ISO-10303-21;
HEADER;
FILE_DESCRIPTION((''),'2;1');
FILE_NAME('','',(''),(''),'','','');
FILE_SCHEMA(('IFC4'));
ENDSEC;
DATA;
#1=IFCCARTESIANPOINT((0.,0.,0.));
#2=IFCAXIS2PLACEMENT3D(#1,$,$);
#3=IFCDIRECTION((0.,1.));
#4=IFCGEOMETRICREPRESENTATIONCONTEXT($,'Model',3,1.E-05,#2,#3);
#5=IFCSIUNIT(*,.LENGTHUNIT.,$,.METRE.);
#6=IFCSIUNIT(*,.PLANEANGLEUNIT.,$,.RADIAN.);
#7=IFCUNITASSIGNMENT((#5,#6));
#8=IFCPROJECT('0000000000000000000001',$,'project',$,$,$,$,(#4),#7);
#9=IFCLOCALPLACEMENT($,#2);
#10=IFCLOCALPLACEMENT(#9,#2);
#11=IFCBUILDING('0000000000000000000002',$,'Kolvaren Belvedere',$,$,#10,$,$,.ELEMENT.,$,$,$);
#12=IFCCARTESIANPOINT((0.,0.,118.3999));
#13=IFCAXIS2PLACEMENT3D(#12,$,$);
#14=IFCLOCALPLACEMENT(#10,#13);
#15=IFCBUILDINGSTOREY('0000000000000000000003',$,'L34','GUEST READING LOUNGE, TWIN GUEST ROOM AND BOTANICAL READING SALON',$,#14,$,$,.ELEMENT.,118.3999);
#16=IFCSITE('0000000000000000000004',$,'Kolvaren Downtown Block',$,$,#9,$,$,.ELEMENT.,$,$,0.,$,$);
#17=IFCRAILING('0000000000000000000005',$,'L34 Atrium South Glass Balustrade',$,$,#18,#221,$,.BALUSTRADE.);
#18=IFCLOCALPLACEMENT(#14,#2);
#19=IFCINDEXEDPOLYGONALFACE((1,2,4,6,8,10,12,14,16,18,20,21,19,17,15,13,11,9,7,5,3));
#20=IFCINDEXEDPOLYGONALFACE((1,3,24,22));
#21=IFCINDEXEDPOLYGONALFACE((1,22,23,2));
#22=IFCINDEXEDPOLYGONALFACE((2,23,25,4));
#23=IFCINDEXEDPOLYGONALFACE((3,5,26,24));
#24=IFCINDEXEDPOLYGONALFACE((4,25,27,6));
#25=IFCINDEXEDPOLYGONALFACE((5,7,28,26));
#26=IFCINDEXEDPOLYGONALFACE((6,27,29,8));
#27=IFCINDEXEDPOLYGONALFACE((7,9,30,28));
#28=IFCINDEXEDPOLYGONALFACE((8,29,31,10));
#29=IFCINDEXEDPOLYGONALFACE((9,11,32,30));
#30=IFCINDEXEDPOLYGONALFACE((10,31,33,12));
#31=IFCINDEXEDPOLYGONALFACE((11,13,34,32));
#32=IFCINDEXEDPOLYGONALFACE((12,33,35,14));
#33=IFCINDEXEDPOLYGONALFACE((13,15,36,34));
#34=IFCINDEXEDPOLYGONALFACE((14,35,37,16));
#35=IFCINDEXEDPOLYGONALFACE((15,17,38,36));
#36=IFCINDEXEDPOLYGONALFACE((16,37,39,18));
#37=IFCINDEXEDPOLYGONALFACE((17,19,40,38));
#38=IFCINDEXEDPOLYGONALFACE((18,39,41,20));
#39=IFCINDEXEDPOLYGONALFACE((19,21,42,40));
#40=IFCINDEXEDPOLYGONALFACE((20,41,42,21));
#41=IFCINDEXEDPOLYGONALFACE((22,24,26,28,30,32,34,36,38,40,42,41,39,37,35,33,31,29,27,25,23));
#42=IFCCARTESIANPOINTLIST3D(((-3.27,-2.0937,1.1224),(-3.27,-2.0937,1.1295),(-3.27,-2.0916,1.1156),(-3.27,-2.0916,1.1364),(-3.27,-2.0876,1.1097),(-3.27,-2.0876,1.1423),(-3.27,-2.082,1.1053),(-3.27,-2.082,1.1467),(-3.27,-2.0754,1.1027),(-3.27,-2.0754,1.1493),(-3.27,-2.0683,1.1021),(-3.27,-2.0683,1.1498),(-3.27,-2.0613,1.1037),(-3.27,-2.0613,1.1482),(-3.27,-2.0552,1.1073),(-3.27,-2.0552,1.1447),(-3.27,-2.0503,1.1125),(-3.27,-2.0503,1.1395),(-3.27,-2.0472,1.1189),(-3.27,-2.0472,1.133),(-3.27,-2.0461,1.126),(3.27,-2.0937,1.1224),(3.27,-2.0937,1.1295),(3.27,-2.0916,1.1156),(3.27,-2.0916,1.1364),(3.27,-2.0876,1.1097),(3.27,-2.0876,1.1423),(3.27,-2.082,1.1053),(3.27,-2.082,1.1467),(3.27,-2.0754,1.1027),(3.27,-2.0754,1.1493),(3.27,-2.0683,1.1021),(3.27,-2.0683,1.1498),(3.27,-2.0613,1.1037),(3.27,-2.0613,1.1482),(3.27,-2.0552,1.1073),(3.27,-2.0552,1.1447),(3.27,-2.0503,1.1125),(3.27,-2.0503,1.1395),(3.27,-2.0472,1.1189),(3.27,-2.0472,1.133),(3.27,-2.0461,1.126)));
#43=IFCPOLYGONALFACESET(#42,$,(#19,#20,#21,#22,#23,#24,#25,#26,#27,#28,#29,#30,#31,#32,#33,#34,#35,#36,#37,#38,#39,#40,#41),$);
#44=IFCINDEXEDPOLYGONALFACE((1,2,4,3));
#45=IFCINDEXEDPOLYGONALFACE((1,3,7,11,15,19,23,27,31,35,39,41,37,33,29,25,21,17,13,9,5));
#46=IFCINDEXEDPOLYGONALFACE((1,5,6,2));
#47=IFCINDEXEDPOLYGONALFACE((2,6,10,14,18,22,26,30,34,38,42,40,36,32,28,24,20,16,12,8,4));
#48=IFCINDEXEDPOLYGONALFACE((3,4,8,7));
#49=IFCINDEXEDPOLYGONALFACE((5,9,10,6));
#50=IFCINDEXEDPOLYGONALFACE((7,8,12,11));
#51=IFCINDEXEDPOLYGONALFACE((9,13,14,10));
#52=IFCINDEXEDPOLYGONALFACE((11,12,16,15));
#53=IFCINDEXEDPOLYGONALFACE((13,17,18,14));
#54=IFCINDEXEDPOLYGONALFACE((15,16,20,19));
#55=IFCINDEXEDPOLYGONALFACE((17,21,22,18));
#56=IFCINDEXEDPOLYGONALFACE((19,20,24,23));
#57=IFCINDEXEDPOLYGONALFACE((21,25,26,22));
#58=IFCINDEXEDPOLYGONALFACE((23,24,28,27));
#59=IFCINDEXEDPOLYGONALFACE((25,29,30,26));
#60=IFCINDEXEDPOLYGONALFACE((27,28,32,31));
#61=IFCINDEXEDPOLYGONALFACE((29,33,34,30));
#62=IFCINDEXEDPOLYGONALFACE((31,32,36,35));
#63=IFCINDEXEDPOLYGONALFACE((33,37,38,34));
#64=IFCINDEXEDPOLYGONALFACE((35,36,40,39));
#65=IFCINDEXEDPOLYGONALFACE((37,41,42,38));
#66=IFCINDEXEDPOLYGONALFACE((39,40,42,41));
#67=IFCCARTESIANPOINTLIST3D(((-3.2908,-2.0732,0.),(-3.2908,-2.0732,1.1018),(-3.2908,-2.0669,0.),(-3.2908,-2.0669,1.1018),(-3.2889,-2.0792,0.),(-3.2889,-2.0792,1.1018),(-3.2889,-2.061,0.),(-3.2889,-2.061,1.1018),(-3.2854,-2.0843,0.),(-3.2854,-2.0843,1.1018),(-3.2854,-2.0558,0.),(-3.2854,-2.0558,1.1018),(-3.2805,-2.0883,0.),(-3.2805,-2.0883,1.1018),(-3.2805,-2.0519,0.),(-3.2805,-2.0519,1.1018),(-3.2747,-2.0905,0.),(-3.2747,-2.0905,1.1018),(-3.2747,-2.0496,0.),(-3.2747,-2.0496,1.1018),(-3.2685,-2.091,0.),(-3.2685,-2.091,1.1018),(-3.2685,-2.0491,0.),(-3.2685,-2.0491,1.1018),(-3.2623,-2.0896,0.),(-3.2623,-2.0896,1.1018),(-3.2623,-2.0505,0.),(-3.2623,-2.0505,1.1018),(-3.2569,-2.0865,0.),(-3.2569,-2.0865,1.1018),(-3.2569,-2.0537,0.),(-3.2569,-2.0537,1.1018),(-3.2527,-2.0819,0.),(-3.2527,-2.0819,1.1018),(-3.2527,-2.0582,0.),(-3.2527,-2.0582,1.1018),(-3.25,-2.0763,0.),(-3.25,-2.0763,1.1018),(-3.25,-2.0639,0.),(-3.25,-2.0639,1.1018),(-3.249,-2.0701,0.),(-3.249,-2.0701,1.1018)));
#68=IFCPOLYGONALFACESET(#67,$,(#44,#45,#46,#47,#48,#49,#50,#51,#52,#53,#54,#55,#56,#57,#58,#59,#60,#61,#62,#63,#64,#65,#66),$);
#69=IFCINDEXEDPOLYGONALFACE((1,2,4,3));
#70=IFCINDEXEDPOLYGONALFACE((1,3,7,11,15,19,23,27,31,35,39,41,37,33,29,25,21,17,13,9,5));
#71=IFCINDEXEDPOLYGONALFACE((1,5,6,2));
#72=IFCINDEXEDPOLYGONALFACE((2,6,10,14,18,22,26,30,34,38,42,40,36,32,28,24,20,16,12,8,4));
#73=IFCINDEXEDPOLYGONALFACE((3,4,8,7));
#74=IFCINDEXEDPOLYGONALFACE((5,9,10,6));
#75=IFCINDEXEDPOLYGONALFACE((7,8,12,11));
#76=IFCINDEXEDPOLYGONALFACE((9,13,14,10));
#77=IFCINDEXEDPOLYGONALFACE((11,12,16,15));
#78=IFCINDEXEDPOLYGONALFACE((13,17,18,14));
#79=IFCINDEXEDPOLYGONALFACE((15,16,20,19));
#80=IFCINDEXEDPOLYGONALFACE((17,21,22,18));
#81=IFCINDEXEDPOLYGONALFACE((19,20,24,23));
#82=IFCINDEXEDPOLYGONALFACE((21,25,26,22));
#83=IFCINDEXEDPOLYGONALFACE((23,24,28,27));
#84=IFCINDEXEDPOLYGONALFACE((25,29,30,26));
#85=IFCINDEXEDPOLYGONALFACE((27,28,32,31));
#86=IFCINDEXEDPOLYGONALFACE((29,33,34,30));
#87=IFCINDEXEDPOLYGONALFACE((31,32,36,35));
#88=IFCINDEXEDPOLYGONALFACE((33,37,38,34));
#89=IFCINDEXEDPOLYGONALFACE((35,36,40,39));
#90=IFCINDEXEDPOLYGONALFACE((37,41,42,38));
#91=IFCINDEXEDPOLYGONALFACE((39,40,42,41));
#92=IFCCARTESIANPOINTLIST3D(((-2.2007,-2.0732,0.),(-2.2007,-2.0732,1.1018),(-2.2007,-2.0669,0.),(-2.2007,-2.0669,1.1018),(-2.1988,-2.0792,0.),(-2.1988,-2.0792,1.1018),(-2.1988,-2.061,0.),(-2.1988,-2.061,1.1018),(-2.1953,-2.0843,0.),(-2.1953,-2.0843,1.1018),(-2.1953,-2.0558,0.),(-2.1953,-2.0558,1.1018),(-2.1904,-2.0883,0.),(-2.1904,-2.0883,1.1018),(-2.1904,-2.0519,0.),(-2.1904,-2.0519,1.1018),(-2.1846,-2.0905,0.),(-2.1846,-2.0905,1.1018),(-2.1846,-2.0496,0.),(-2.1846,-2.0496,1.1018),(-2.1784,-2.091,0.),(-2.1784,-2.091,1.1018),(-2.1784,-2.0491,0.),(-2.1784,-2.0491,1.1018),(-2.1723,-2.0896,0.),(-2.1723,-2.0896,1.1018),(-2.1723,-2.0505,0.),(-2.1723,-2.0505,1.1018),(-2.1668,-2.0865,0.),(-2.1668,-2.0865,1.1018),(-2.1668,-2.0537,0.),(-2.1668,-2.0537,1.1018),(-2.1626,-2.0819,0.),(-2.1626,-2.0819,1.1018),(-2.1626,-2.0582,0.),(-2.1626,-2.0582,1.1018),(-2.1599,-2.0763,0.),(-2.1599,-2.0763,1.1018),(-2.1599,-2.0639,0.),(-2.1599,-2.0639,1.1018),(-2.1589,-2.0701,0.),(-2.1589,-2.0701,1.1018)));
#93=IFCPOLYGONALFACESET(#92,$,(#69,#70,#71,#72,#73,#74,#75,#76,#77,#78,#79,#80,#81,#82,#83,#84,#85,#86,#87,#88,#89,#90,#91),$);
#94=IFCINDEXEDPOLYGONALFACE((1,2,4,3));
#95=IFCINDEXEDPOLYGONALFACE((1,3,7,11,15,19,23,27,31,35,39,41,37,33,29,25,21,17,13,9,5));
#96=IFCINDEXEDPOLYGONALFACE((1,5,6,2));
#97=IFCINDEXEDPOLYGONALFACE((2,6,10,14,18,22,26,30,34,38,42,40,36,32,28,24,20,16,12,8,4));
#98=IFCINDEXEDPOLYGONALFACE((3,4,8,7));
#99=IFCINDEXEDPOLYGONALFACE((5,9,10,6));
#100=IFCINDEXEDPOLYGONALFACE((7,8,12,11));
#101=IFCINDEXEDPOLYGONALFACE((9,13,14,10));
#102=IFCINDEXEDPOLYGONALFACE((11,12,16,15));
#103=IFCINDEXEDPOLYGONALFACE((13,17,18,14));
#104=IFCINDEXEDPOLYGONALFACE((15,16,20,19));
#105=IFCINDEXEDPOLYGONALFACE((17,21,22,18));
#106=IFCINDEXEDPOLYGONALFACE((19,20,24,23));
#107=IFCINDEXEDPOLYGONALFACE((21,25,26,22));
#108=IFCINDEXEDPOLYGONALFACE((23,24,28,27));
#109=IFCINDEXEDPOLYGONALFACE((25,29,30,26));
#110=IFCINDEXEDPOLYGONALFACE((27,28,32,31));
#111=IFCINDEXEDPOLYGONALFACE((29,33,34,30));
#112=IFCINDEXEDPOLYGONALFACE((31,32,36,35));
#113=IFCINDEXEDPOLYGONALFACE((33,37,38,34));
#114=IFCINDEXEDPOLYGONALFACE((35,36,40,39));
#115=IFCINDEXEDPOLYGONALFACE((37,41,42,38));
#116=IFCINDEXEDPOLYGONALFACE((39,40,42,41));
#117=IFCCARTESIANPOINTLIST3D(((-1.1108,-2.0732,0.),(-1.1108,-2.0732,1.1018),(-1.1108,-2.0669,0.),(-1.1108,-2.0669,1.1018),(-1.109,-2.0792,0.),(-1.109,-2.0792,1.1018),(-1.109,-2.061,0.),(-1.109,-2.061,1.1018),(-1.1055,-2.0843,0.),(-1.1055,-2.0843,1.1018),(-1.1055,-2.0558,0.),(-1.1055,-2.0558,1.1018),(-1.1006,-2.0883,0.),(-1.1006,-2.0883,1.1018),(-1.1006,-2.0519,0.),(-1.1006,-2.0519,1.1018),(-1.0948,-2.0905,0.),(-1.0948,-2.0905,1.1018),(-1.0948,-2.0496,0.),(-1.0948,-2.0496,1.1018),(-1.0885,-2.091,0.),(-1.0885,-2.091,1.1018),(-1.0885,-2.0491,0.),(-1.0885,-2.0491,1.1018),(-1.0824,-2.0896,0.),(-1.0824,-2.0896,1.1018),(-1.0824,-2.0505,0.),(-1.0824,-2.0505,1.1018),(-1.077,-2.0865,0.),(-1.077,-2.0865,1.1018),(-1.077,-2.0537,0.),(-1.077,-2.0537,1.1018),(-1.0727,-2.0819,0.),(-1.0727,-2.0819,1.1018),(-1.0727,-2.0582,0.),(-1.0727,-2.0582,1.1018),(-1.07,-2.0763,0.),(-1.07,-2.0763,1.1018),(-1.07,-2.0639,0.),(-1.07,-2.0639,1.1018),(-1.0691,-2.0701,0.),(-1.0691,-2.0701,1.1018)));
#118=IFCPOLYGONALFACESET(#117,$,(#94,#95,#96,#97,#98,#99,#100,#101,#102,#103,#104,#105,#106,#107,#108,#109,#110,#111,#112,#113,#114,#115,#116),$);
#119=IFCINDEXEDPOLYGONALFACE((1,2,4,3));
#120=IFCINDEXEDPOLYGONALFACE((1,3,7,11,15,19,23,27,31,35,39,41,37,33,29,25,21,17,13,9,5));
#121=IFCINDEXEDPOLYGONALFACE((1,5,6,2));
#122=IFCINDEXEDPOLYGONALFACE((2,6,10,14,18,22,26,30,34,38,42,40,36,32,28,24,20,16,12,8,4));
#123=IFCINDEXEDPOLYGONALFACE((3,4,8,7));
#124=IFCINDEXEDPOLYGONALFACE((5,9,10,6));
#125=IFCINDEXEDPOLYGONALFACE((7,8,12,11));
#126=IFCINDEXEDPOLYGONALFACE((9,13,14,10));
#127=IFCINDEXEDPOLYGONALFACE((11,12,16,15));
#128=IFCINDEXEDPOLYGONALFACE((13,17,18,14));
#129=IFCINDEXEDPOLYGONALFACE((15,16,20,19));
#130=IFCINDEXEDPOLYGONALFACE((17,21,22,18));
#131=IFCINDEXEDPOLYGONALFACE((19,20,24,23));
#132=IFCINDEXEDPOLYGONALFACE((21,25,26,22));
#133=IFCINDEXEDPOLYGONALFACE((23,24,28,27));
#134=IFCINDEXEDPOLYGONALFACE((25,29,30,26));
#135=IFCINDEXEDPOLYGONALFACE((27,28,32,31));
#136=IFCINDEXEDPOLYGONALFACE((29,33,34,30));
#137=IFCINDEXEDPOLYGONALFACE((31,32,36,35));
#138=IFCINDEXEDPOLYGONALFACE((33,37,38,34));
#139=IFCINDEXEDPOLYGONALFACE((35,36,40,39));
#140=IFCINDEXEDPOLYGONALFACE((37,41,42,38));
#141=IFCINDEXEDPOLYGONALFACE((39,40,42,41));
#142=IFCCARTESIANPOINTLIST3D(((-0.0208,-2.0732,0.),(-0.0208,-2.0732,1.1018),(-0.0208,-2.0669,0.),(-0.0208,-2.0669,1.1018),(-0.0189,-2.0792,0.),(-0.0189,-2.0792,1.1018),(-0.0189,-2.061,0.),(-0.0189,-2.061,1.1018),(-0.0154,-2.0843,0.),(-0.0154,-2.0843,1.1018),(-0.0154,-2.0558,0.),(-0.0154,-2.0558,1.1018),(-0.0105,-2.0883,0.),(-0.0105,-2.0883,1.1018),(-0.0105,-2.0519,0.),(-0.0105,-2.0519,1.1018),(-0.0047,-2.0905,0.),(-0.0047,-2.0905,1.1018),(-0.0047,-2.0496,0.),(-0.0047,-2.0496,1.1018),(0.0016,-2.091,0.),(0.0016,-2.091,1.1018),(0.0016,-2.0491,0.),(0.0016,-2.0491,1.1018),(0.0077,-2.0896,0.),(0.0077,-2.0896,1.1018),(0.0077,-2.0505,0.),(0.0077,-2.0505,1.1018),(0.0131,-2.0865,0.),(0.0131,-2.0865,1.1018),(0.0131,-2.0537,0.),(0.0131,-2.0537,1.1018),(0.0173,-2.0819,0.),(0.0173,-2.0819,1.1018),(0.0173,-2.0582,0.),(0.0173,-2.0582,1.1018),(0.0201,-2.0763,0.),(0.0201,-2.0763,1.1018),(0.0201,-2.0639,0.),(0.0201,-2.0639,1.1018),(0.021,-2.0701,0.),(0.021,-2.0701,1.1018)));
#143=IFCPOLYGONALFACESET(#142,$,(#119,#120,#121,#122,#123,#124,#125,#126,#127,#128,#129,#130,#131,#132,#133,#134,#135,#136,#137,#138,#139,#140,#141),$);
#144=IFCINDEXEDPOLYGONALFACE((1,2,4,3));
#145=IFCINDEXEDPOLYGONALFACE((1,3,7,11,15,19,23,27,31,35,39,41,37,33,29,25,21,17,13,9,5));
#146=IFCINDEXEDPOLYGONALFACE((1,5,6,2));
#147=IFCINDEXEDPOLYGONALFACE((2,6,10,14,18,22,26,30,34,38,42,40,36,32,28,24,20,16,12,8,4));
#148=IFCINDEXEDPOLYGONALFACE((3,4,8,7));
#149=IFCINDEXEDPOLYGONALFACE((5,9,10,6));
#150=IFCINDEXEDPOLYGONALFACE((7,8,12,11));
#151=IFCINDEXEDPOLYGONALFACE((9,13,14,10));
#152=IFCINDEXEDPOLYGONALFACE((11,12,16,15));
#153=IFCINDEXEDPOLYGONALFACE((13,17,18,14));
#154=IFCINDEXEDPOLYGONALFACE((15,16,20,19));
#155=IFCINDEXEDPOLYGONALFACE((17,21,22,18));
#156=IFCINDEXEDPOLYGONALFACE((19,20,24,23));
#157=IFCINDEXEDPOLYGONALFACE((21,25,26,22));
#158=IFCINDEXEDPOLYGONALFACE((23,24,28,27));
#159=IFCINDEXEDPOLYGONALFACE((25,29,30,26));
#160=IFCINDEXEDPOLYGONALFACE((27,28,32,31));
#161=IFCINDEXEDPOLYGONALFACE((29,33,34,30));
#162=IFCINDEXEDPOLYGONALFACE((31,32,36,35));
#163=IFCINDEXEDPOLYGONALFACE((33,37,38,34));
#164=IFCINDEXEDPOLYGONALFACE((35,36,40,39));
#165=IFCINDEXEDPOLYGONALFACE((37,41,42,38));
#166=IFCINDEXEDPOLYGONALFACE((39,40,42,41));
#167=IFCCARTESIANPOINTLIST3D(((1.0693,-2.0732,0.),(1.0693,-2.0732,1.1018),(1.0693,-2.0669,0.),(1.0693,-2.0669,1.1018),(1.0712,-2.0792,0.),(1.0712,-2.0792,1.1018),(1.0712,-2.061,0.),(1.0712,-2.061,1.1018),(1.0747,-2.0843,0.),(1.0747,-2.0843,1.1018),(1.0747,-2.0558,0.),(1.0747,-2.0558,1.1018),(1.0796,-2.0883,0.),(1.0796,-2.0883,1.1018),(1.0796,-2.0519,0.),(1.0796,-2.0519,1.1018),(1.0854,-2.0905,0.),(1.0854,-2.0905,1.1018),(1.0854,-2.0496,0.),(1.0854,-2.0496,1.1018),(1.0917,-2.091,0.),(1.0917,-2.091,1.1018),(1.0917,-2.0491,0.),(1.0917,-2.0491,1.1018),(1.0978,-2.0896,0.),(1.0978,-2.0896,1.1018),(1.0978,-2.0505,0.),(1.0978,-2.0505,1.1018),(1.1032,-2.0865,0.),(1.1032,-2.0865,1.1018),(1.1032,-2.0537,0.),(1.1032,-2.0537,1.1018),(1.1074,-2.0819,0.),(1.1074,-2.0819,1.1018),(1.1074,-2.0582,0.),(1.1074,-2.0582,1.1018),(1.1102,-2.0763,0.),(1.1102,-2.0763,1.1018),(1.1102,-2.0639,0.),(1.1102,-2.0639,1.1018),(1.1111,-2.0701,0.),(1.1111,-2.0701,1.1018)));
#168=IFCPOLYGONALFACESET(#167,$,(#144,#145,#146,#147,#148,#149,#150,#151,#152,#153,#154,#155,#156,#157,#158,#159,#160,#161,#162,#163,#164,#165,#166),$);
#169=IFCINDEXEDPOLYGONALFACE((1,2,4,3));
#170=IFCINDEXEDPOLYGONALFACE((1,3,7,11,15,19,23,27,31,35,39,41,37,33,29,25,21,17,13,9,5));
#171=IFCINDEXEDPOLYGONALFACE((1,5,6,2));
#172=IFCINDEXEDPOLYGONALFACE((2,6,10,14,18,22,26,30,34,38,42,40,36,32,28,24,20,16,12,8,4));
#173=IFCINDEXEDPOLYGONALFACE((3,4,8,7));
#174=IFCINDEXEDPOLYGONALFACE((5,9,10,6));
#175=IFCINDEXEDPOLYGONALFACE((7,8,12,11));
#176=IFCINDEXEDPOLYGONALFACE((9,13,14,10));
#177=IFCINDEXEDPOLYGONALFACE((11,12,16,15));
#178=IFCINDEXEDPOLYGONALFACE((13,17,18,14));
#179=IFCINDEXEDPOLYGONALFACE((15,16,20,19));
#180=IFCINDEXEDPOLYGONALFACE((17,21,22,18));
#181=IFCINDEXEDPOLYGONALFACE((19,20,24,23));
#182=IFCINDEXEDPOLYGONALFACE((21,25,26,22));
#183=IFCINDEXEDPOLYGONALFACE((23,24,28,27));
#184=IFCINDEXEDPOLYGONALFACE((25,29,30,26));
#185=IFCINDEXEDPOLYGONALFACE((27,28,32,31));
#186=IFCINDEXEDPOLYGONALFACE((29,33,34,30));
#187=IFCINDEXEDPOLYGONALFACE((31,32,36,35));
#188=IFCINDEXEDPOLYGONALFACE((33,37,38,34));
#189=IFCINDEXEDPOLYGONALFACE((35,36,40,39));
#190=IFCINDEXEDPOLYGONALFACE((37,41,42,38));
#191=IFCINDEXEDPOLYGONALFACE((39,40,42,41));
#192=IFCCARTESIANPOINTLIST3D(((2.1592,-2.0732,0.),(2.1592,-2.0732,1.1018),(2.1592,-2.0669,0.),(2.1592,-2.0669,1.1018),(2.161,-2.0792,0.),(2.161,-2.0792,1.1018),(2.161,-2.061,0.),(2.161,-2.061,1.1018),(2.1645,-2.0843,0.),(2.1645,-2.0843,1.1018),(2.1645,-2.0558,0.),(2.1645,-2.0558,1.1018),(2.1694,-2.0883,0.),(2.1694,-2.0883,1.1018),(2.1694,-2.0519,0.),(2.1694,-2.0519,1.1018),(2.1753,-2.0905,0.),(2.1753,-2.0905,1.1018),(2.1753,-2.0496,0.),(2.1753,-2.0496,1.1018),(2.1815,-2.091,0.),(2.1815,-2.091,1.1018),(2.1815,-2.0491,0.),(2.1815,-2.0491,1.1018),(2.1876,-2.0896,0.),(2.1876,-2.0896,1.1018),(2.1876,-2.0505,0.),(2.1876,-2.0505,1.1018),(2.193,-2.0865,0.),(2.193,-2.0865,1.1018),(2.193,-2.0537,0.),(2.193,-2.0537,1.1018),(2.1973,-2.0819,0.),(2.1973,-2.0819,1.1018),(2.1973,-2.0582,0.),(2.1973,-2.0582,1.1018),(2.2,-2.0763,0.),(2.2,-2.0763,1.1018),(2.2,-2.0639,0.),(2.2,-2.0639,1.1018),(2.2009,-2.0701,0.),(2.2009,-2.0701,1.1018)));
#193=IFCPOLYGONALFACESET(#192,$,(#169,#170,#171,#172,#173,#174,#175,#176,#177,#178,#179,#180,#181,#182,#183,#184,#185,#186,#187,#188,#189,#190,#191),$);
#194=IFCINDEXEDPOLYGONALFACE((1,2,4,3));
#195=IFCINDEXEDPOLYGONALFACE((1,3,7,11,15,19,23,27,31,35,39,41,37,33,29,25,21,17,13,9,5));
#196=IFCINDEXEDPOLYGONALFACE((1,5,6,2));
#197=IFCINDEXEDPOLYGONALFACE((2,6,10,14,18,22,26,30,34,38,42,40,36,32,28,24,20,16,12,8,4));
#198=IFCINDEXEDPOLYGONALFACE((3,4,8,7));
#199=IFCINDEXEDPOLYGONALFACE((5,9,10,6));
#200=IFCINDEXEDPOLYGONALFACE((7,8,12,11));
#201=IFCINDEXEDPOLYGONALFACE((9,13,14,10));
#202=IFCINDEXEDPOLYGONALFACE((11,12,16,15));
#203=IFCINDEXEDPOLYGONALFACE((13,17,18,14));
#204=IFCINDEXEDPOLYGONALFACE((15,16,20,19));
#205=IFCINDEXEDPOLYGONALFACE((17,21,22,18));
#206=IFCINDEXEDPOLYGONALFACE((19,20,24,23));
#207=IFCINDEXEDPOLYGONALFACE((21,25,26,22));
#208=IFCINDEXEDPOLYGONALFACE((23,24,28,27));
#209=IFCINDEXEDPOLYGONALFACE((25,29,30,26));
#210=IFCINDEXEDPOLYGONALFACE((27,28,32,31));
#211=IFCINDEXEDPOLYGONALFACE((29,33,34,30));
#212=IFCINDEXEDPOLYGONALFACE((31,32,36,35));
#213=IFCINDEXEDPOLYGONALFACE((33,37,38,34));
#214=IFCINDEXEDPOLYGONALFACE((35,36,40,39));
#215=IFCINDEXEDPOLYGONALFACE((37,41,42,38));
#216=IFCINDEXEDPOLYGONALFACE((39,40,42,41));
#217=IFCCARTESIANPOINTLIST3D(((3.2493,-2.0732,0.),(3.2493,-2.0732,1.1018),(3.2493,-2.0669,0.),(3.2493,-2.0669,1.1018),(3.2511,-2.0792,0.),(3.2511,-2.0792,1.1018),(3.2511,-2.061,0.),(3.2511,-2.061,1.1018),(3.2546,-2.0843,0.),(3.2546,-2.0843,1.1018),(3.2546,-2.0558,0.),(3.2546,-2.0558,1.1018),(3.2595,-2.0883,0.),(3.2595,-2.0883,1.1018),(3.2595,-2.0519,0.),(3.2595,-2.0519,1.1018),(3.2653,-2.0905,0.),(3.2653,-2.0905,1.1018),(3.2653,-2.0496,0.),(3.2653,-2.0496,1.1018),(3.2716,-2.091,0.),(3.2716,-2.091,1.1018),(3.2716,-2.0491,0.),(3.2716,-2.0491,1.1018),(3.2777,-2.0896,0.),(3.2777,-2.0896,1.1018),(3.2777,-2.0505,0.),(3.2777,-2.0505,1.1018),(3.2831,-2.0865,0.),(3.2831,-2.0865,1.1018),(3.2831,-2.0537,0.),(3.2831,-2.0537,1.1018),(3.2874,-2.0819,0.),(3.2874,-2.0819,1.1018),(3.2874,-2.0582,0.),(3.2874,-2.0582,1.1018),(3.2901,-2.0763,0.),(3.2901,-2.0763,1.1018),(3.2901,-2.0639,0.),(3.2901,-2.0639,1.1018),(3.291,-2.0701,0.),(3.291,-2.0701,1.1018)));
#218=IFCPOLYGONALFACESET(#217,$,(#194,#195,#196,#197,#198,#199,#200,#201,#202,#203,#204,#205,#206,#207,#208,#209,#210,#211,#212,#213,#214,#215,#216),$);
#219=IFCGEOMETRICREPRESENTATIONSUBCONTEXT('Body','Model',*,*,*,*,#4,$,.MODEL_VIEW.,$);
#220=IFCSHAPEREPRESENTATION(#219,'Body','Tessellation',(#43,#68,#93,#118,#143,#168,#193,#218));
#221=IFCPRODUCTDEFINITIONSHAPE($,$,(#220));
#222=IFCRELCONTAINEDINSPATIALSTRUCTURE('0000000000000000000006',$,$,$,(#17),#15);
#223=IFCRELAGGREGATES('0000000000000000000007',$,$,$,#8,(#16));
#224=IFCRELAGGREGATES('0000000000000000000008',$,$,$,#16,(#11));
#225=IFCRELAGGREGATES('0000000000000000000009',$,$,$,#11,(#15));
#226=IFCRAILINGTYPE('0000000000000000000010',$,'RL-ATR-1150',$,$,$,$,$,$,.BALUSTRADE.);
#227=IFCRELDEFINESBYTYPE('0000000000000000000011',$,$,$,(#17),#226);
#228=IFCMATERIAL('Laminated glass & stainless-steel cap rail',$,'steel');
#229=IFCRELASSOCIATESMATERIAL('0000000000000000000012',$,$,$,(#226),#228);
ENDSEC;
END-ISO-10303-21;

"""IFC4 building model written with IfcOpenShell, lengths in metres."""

from ifc_helpers import new_model, si_unit, direction, frame, origin, origin_2d, place, context, subcontext, project, spatial, circle, extrude, material, type_object, element, save


model = new_model("IFC4")

# Units and contexts
model_context = context("Model", 3, precision=1e-05, world=origin(), true_north=direction((0.0, 1.0)))
body_context = subcontext(model_context, "Body", "Model", "MODEL_VIEW")
ifc_project = project(units=[si_unit("LENGTHUNIT", "METRE"), si_unit("PLANEANGLEUNIT", "RADIAN")], contexts=[model_context])

# Site, building, storey
site_placement = place(None, origin())
site = spatial("IfcSite", under=ifc_project, at=site_placement, Name="Kolvaren Downtown Block", CompositionType="ELEMENT", RefElevation=0.0)
building_placement = place(site_placement, origin())
building = spatial("IfcBuilding", under=site, at=building_placement, Name="Kolvaren Belvedere", CompositionType="ELEMENT")
storey_placement = place(building_placement, frame((0.0, 0.0, 118.3999)))
storey = spatial("IfcBuildingStorey", under=building, at=storey_placement, Name="L34", Description="GUEST READING LOUNGE, TWIN GUEST ROOM AND BOTANICAL READING SALON", CompositionType="ELEMENT", Elevation=118.3999)

# Railing
ifc_material_1 = material(Name="Laminated glass & stainless-steel cap rail", Category="steel")
railing_type_1 = type_object("IfcRailingType", Name="RL-ATR-1150", PredefinedType="BALUSTRADE", material=ifc_material_1)
railing_1_placement = place(storey_placement, frame((-3.27, -2.0701, 0.0)))
element("IfcRailing", 1, at=railing_1_placement, inside=storey, type_object=railing_type_1, Name="L34 Atrium South Glass Balustrade", PredefinedType="BALUSTRADE", context=body_context, shape_type="SweptSolid", body=[
    extrude(circle(Radius=0.0239, at=origin_2d()), frame((0.0, 0.0, 1.126), z_axis=(1.0, 0.0, 0.0), x_axis=(0.0, 1.0, 0.0)), (0.0, 0.0, 1.0), 6.54),
    extrude(circle(Radius=0.021, at=origin_2d()), origin(), (0.0, 0.0, 1.0), 1.1018),
    extrude(circle(Radius=0.021, at=origin_2d()), frame((1.0901, 0.0, 0.0)), (0.0, 0.0, 1.0), 1.1018),
    extrude(circle(Radius=0.021, at=origin_2d()), frame((2.1799, 0.0, 0.0)), (0.0, 0.0, 1.0), 1.1018),
    extrude(circle(Radius=0.021, at=origin_2d()), frame((3.27, 0.0, 0.0)), (0.0, 0.0, 1.0), 1.1018),
    extrude(circle(Radius=0.021, at=origin_2d()), frame((4.3601, 0.0, 0.0)), (0.0, 0.0, 1.0), 1.1018),
    extrude(circle(Radius=0.021, at=origin_2d()), frame((5.45, 0.0, 0.0)), (0.0, 0.0, 1.0), 1.1018),
    extrude(circle(Radius=0.021, at=origin_2d()), frame((6.54, 0.0, 0.0)), (0.0, 0.0, 1.0), 1.1018),
])

save(model, "model.ifc")
